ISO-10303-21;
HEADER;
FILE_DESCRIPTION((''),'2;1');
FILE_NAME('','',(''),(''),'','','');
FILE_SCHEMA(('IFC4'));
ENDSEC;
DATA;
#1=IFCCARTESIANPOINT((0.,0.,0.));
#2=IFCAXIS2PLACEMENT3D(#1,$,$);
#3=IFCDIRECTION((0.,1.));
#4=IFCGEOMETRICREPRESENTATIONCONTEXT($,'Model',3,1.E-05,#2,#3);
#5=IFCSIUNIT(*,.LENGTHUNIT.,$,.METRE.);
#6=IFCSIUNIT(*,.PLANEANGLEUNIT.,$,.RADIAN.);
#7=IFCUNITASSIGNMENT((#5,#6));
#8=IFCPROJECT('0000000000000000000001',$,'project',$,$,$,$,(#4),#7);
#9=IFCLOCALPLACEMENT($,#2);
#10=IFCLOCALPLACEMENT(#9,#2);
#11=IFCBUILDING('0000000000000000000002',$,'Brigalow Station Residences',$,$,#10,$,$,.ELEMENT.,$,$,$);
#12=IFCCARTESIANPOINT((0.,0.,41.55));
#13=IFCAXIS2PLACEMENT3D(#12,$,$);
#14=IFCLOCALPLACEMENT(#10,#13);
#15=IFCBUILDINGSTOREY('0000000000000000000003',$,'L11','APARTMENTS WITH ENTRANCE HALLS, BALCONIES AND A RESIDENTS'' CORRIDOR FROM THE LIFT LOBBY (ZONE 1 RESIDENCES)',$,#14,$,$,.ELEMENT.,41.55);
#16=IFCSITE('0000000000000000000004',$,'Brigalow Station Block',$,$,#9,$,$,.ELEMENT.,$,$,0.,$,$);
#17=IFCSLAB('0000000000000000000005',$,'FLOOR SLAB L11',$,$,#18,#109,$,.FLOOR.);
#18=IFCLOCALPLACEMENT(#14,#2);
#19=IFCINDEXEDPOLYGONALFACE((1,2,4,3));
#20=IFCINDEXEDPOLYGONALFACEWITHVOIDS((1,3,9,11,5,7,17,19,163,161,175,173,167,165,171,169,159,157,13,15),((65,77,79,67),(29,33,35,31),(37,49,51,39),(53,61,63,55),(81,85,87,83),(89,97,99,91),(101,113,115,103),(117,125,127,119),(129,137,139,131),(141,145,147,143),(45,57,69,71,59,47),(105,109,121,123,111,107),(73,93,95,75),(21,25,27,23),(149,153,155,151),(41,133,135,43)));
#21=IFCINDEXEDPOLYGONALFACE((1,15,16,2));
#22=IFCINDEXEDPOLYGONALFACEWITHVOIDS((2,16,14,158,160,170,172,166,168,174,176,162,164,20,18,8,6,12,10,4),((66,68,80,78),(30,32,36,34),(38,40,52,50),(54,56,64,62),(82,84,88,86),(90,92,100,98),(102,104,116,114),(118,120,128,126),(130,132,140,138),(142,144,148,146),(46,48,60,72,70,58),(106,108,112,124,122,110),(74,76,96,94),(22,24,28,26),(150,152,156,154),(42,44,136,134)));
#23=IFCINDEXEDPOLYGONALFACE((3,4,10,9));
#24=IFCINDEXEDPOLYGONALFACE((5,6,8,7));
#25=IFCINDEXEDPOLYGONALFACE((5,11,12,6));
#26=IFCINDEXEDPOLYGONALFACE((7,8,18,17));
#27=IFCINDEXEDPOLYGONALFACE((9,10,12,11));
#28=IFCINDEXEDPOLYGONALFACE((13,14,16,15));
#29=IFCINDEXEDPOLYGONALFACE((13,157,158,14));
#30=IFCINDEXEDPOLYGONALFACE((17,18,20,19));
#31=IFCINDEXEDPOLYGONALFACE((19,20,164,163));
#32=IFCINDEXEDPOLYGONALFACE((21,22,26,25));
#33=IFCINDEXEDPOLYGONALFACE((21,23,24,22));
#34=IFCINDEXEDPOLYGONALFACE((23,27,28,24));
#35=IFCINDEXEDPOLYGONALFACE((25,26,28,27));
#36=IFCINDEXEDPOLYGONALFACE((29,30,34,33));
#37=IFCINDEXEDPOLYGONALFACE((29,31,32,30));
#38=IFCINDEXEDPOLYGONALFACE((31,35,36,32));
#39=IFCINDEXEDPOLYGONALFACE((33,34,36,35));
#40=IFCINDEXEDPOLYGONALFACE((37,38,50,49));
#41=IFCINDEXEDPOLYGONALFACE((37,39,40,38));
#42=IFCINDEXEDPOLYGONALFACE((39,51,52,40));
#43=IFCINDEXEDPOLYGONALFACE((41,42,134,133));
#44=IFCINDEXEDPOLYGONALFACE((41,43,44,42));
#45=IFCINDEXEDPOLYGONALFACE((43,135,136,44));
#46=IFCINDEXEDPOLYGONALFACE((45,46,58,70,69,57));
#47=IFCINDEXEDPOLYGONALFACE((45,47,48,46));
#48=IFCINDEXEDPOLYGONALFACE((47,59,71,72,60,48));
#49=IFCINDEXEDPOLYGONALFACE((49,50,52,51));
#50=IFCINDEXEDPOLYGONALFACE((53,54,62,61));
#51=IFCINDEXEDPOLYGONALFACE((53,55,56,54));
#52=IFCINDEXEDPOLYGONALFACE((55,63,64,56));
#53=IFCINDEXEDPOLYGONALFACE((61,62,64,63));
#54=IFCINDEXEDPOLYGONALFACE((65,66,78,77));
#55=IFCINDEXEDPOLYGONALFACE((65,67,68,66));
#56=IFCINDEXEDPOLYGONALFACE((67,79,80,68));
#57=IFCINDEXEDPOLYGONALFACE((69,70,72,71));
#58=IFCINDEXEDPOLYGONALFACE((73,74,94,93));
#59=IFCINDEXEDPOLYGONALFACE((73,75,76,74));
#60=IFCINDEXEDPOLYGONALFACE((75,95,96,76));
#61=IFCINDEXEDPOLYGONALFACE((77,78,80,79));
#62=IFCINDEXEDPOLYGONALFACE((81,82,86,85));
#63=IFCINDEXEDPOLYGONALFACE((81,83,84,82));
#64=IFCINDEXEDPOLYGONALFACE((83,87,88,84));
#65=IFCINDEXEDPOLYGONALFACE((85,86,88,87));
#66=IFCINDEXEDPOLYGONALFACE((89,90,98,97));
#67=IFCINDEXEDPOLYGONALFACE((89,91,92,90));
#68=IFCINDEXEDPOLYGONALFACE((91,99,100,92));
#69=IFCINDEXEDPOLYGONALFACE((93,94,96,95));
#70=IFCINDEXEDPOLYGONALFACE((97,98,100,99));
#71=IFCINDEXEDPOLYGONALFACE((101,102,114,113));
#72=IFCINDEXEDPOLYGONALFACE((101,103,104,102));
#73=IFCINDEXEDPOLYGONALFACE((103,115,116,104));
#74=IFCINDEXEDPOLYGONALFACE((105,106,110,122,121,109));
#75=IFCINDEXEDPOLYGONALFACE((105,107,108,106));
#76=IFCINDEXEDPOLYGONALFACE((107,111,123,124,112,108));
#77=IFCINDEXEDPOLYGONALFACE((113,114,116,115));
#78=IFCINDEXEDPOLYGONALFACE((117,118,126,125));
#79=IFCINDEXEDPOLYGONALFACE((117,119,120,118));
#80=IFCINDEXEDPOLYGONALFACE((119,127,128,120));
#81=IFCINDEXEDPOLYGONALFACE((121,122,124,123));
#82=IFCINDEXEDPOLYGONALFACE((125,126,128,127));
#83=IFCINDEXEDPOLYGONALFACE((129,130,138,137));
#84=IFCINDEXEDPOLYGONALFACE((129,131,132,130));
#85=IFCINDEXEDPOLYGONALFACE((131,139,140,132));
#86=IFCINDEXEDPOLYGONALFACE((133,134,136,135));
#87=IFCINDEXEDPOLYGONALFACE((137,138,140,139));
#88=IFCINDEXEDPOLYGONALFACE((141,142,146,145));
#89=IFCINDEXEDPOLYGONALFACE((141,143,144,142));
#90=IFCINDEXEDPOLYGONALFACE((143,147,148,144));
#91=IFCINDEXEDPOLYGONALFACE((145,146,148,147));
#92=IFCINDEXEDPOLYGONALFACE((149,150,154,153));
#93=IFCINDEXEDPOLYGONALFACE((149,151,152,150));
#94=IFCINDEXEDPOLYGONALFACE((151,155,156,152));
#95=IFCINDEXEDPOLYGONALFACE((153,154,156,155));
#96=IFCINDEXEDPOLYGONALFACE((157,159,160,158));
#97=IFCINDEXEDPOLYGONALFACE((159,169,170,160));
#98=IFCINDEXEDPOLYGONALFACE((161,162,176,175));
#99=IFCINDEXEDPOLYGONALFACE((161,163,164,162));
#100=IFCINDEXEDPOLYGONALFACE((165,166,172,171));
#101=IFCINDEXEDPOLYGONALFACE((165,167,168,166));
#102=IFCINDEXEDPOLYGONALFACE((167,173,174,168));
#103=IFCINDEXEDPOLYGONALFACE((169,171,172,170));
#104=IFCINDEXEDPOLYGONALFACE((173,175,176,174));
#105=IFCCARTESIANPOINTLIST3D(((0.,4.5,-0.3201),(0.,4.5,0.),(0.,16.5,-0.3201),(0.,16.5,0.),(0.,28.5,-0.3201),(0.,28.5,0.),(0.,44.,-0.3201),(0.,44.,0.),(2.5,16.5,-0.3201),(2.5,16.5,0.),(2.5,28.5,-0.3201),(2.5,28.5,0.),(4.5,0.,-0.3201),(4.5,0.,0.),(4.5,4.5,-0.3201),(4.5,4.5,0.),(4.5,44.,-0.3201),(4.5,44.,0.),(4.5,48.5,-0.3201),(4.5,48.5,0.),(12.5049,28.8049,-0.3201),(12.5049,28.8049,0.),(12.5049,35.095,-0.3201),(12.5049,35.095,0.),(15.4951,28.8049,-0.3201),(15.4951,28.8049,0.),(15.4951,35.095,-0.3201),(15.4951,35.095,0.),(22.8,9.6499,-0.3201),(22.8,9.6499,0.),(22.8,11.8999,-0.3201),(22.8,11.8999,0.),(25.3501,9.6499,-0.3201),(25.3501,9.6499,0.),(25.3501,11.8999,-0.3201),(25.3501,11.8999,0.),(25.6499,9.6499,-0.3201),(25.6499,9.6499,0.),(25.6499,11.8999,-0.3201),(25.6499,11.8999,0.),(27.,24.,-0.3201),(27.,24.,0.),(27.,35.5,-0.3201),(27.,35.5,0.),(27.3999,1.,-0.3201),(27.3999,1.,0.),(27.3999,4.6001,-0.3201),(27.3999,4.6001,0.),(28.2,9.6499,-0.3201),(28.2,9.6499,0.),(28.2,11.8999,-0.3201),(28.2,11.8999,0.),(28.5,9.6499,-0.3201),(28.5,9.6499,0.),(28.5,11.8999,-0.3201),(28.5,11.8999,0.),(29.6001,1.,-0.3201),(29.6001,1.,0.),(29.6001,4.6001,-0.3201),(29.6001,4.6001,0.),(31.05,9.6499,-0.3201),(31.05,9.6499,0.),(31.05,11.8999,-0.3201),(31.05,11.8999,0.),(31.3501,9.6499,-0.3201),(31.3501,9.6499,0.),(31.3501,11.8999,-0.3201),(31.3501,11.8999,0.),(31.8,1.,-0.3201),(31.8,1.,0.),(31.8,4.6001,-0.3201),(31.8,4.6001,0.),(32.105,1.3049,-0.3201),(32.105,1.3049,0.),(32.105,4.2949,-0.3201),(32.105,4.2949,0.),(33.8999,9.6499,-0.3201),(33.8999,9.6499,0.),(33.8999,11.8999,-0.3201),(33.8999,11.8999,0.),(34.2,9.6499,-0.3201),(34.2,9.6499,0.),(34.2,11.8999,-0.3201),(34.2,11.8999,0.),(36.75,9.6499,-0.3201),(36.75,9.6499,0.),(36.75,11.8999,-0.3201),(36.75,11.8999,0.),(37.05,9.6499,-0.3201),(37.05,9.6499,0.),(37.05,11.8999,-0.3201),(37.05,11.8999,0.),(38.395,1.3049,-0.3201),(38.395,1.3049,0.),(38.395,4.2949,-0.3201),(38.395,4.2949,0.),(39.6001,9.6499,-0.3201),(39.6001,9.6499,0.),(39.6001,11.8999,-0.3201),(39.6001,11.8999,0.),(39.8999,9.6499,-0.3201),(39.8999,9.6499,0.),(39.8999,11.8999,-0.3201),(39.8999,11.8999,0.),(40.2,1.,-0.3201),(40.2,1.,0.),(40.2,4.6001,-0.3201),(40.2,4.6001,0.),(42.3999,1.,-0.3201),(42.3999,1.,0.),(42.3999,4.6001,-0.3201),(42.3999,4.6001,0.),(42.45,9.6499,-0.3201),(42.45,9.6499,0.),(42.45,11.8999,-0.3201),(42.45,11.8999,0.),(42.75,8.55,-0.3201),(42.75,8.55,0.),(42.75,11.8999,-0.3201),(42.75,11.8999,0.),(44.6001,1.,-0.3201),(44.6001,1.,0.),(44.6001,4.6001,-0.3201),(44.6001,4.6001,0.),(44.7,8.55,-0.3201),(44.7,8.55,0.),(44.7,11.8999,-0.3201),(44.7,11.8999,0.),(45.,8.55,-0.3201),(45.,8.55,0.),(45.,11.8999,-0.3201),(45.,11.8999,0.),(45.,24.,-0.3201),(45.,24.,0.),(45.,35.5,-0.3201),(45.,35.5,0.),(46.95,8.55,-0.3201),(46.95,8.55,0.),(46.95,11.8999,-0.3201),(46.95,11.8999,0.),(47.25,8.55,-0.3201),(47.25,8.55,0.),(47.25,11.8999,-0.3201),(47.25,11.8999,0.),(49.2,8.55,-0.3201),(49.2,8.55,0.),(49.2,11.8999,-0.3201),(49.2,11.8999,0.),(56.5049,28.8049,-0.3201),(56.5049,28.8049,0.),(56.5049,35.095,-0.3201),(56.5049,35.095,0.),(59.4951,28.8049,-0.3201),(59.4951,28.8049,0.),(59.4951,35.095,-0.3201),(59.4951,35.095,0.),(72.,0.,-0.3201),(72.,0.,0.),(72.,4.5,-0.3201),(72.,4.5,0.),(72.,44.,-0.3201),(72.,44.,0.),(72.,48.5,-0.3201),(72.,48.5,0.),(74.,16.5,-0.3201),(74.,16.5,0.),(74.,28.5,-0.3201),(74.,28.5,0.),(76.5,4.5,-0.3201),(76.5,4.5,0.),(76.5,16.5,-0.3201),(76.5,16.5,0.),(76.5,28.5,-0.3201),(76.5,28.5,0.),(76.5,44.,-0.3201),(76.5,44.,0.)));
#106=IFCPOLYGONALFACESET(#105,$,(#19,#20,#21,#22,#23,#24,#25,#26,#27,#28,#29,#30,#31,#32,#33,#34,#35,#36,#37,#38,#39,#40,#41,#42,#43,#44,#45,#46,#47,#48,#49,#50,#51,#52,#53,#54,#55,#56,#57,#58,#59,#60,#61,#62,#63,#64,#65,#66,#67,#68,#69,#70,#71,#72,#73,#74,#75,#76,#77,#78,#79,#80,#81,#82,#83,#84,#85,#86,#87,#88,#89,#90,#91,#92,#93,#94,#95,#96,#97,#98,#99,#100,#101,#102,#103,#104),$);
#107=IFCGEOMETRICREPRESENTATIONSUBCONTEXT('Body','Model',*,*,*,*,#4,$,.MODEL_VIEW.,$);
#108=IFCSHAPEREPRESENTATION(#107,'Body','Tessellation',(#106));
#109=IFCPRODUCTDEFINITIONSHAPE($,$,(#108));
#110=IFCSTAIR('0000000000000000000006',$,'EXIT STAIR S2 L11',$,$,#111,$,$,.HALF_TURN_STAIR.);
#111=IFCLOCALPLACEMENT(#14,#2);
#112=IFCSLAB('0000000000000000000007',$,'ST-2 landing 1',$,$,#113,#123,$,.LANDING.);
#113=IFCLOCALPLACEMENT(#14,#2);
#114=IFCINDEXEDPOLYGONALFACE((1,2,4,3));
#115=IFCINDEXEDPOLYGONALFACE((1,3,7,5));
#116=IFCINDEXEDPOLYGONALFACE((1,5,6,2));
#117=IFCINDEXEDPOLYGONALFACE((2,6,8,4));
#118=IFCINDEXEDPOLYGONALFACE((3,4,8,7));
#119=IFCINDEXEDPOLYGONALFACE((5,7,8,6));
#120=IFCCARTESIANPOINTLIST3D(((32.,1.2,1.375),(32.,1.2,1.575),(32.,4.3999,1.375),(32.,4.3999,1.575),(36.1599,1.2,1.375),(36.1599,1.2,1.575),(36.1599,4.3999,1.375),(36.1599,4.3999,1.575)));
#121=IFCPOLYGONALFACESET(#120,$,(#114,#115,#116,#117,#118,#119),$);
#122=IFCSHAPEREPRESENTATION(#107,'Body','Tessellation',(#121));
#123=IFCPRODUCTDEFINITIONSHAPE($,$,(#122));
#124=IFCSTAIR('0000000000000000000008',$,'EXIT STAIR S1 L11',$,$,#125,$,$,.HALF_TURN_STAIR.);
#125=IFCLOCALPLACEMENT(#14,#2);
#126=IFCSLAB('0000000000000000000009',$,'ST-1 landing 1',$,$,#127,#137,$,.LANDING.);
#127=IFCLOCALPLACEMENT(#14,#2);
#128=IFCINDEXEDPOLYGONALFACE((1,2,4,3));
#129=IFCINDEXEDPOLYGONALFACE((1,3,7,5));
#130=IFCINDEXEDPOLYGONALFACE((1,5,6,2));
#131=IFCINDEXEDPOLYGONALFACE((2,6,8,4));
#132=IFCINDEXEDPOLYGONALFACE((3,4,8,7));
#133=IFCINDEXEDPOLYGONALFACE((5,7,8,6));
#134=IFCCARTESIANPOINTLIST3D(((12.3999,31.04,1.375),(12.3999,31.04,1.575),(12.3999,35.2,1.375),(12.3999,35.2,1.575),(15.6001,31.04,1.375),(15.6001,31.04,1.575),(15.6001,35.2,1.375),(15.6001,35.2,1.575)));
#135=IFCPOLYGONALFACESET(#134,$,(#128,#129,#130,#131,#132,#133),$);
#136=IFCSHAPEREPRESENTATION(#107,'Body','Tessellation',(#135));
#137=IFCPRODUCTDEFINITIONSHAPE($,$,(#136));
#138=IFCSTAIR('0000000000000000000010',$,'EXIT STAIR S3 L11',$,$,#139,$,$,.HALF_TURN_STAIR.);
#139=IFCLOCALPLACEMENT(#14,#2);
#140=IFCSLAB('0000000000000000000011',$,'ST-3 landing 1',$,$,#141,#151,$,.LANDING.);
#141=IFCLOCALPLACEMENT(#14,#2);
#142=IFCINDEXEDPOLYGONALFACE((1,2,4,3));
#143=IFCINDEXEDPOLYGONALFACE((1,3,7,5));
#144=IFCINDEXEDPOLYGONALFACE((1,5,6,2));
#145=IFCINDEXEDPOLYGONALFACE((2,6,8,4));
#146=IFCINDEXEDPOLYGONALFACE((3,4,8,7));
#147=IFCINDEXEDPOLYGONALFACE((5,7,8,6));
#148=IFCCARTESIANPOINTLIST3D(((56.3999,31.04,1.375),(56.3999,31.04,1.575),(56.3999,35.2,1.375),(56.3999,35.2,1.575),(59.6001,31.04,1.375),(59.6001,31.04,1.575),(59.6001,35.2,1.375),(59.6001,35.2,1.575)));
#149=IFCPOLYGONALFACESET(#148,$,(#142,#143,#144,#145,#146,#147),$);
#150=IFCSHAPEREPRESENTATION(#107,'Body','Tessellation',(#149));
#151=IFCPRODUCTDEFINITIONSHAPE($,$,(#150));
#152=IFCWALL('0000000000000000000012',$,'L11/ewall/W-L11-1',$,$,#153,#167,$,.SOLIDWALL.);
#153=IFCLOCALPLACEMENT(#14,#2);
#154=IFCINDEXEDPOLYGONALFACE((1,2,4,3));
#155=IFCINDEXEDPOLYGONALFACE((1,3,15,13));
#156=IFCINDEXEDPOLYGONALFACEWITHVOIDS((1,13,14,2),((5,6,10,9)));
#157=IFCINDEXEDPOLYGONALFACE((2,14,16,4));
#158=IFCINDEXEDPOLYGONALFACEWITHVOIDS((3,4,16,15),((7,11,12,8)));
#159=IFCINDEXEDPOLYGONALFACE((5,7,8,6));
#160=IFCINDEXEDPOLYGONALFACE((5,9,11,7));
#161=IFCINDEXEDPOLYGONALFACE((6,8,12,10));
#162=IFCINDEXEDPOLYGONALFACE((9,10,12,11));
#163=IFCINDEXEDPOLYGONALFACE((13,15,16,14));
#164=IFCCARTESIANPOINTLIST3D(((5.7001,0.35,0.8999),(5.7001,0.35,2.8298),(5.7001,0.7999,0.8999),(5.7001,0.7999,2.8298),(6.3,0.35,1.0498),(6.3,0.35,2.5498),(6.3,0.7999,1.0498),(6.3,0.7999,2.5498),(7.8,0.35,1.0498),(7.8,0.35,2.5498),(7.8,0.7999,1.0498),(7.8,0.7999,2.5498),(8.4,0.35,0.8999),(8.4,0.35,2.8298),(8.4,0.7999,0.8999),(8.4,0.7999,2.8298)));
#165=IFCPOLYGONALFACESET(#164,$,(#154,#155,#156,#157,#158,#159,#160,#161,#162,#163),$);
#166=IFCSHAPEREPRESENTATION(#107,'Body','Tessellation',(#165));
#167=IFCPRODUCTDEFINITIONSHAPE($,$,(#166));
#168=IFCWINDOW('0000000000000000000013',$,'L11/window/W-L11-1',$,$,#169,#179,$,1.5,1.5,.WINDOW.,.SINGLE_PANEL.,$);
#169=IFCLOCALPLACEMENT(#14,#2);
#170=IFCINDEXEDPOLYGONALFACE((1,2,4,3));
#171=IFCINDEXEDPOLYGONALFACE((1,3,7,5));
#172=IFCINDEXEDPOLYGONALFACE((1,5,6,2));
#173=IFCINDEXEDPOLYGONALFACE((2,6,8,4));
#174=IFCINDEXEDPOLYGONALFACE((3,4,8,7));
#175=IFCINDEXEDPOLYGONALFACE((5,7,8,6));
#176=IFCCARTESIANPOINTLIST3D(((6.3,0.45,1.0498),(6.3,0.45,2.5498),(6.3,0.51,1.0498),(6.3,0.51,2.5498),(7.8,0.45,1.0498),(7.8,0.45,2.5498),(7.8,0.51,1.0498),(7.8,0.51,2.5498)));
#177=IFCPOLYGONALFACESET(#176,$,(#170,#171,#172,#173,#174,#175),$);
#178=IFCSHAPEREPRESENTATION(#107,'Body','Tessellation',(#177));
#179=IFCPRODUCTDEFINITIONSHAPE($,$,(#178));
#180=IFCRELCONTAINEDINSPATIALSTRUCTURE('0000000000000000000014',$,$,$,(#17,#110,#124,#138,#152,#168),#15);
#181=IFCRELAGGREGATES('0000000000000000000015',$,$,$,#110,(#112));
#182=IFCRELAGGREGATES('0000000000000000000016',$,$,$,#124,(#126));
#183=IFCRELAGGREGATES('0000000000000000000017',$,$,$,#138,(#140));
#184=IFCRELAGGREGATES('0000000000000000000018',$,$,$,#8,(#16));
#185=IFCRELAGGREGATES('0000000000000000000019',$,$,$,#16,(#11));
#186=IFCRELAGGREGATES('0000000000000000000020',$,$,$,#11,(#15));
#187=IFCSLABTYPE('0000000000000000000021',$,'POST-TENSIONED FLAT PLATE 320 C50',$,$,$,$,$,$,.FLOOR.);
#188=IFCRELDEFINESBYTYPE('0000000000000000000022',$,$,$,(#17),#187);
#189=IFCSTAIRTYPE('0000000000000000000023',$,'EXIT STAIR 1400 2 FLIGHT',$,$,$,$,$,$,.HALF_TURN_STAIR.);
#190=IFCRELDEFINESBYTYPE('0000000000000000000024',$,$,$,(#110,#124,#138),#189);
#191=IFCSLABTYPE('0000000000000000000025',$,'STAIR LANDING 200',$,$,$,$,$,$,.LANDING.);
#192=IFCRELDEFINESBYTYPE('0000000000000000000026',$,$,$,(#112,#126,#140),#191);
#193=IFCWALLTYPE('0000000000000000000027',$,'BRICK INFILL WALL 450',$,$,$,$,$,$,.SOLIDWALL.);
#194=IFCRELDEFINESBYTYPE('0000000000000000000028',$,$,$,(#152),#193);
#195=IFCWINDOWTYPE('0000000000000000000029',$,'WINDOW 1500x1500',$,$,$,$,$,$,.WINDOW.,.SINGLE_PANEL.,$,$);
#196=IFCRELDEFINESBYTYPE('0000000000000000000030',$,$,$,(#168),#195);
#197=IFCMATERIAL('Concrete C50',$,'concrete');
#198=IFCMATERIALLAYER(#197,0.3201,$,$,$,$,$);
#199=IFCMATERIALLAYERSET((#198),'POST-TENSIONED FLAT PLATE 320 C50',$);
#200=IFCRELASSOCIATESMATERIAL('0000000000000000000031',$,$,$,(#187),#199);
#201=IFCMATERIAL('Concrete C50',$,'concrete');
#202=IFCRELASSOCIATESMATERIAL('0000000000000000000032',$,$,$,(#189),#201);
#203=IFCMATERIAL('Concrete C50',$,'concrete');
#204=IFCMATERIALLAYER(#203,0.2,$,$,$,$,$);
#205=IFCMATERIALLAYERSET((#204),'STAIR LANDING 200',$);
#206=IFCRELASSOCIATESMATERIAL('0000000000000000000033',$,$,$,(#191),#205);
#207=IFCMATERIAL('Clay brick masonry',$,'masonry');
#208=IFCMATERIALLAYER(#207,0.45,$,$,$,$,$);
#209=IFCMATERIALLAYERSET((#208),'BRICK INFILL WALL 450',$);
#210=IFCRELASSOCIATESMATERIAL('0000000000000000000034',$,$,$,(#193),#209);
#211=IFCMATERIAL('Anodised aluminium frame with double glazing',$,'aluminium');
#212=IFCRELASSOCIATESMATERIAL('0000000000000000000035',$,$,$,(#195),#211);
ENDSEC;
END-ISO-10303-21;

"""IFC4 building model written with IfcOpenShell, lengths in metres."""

from ifc_helpers import new_model, si_unit, direction, frame, frame_2d, origin, place, context, subcontext, project, spatial, polyline, rectangle, outline, extrude, material, layer, layer_set, type_object, element, fill, aggregate, save


model = new_model("IFC4")

# Units and contexts
model_context = context("Model", 3, precision=1e-05, world=origin(), true_north=direction((0.0, 1.0)))
body_context = subcontext(model_context, "Body", "Model", "MODEL_VIEW")
ifc_project = project(units=[si_unit("LENGTHUNIT", "METRE"), si_unit("PLANEANGLEUNIT", "RADIAN")], contexts=[model_context])

# Site, building, storey
site_placement = place(None, origin())
site = spatial("IfcSite", under=ifc_project, at=site_placement, Name="Brigalow Station Block", CompositionType="ELEMENT", RefElevation=0.0)
building_placement = place(site_placement, origin())
building = spatial("IfcBuilding", under=site, at=building_placement, Name="Brigalow Station Residences", CompositionType="ELEMENT")
storey_placement = place(building_placement, frame((0.0, 0.0, 41.55)))
storey = spatial("IfcBuildingStorey", under=building, at=storey_placement, Name="L11", Description="APARTMENTS WITH ENTRANCE HALLS, BALCONIES AND A RESIDENTS' CORRIDOR FROM THE LIFT LOBBY (ZONE 1 RESIDENCES)", CompositionType="ELEMENT", Elevation=41.55)

# Slab
ifc_material_1 = material(Name="Concrete C50", Category="concrete")
ifc_layer_1 = layer(ifc_material_1, 0.3201)
ifc_layer_set_1 = layer_set([ifc_layer_1], Name="POST-TENSIONED FLAT PLATE 320 C50")
slab_type_1 = type_object("IfcSlabType", Name="POST-TENSIONED FLAT PLATE 320 C50", PredefinedType="FLOOR", material=ifc_layer_set_1)
slab_1_placement = place(storey_placement, frame((0.0, 0.0, -0.3201)))
element("IfcSlab", 1, at=slab_1_placement, inside=storey, type_object=slab_type_1, Name="FLOOR SLAB L11", PredefinedType="FLOOR", context=body_context, shape_type="SweptSolid", body=[
    extrude(outline(polyline([(4.5, 0.0), (72.0, 0.0), (72.0, 4.5), (76.5, 4.5), (76.5, 16.5), (74.0, 16.5), (74.0, 28.5), (76.5, 28.5), (76.5, 44.0), (72.0, 44.0), (72.0, 48.5), (4.5, 48.5), (4.5, 44.0), (0.0, 44.0), (0.0, 28.5), (2.5, 28.5), (2.5, 16.5), (0.0, 16.5), (0.0, 4.5), (4.5, 4.5), (4.5, 0.0)]), holes=[polyline([(15.4951, 35.095), (15.4951, 28.8049), (12.5049, 28.8049), (12.5049, 35.095), (15.4951, 35.095)]), polyline([(22.8, 11.8999), (25.3501, 11.8999), (25.3501, 9.6499), (22.8, 9.6499), (22.8, 11.8999)]), polyline([(25.6499, 11.8999), (28.2, 11.8999), (28.2, 9.6499), (25.6499, 9.6499), (25.6499, 11.8999)]), polyline([(28.5, 11.8999), (31.05, 11.8999), (31.05, 9.6499), (28.5, 9.6499), (28.5, 11.8999)]), polyline([(29.6001, 1.0), (27.3999, 1.0), (27.3999, 4.6001), (29.6001, 4.6001), (31.8, 4.6001), (31.8, 1.0), (29.6001, 1.0)]), polyline([(31.3501, 11.8999), (33.8999, 11.8999), (33.8999, 9.6499), (31.3501, 9.6499), (31.3501, 11.8999)]), polyline([(32.105, 4.2949), (38.395, 4.2949), (38.395, 1.3049), (32.105, 1.3049), (32.105, 4.2949)]), polyline([(36.75, 11.8999), (36.75, 9.6499), (34.2, 9.6499), (34.2, 11.8999), (36.75, 11.8999)]), polyline([(37.05, 11.8999), (39.6001, 11.8999), (39.6001, 9.6499), (37.05, 9.6499), (37.05, 11.8999)]), polyline([(39.8999, 11.8999), (42.45, 11.8999), (42.45, 9.6499), (39.8999, 9.6499), (39.8999, 11.8999)]), polyline([(42.3999, 1.0), (40.2, 1.0), (40.2, 4.6001), (42.3999, 4.6001), (44.6001, 4.6001), (44.6001, 1.0), (42.3999, 1.0)]), polyline([(42.75, 11.8999), (44.7, 11.8999), (44.7, 8.55), (42.75, 8.55), (42.75, 11.8999)]), polyline([(45.0, 11.8999), (46.95, 11.8999), (46.95, 8.55), (45.0, 8.55), (45.0, 11.8999)]), polyline([(45.0, 35.5), (45.0, 24.0), (27.0, 24.0), (27.0, 35.5), (45.0, 35.5)]), polyline([(47.25, 11.8999), (49.2, 11.8999), (49.2, 8.55), (47.25, 8.55), (47.25, 11.8999)]), polyline([(59.4951, 35.095), (59.4951, 28.8049), (56.5049, 28.8049), (56.5049, 35.095), (59.4951, 35.095)])]), origin(), (0.0, 0.0, 1.0), 0.3201),
])

# Stairs, slabs
ifc_material_2 = material(Name="Concrete C50", Category="concrete")
stair_type = type_object("IfcStairType", Name="EXIT STAIR 1400 2 FLIGHT", PredefinedType="HALF_TURN_STAIR", material=ifc_material_2)
stair_1_placement = place(storey_placement, origin())
stair_1 = element("IfcStair", 2, at=stair_1_placement, inside=storey, type_object=stair_type, Name="EXIT STAIR S2 L11", PredefinedType="HALF_TURN_STAIR")
ifc_material_3 = material(Name="Concrete C50", Category="concrete")
ifc_layer_2 = layer(ifc_material_3, 0.2)
ifc_layer_set_2 = layer_set([ifc_layer_2], Name="STAIR LANDING 200")
slab_type_2 = type_object("IfcSlabType", Name="STAIR LANDING 200", PredefinedType="LANDING", material=ifc_layer_set_2)
slab_2_placement = place(storey_placement, frame((0.0, 0.0, 1.375)))
slab_2 = element("IfcSlab", 3, at=slab_2_placement, type_object=slab_type_2, Name="ST-2 landing 1", PredefinedType="LANDING", context=body_context, shape_type="SweptSolid", body=[
    extrude(outline(polyline([(32.0, 1.2), (36.1599, 1.2), (36.1599, 4.3999), (32.0, 4.3999), (32.0, 1.2)])), origin(), (0.0, 0.0, 1.0), 0.2),
])
aggregate(stair_1, [slab_2])
stair_2_placement = place(storey_placement, origin())
stair_2 = element("IfcStair", 4, at=stair_2_placement, inside=storey, type_object=stair_type, Name="EXIT STAIR S1 L11", PredefinedType="HALF_TURN_STAIR")
slab_3_placement = place(storey_placement, frame((0.0, 0.0, 1.375)))
slab_3 = element("IfcSlab", 5, at=slab_3_placement, type_object=slab_type_2, Name="ST-1 landing 1", PredefinedType="LANDING", context=body_context, shape_type="SweptSolid", body=[
    extrude(outline(polyline([(12.3999, 31.04), (15.6001, 31.04), (15.6001, 35.2), (12.3999, 35.2), (12.3999, 31.04)])), origin(), (0.0, 0.0, 1.0), 0.2),
])
aggregate(stair_2, [slab_3])
stair_3_placement = place(storey_placement, origin())
stair_3 = element("IfcStair", 6, at=stair_3_placement, inside=storey, type_object=stair_type, Name="EXIT STAIR S3 L11", PredefinedType="HALF_TURN_STAIR")
slab_4_placement = place(storey_placement, frame((0.0, 0.0, 1.375)))
slab_4 = element("IfcSlab", 7, at=slab_4_placement, type_object=slab_type_2, Name="ST-3 landing 1", PredefinedType="LANDING", context=body_context, shape_type="SweptSolid", body=[
    extrude(outline(polyline([(56.3999, 31.04), (59.6001, 31.04), (59.6001, 35.2), (56.3999, 35.2), (56.3999, 31.04)])), origin(), (0.0, 0.0, 1.0), 0.2),
])
aggregate(stair_3, [slab_4])

# Wall, opening, window
ifc_material_4 = material(Name="Clay brick masonry", Category="masonry")
ifc_layer_3 = layer(ifc_material_4, 0.45)
ifc_layer_set_3 = layer_set([ifc_layer_3], Name="BRICK INFILL WALL 450")
wall_type_1 = type_object("IfcWallType", Name="BRICK INFILL WALL 450", PredefinedType="SOLIDWALL", material=ifc_layer_set_3)
wall_1_placement = place(storey_placement, frame((5.7, 0.575, 0.8999), z_axis=(0.0, 0.0, 1.0), x_axis=(1.0, 0.0, 0.0)))
wall_1 = element("IfcWall", 8, at=wall_1_placement, inside=storey, type_object=wall_type_1, Name="L11/ewall/W-L11-1", PredefinedType="SOLIDWALL", context=body_context, shape_type="SweptSolid", body=[
    extrude(rectangle(XDim=2.7, YDim=0.45, at=frame_2d((1.3501, 0.0))), origin(), (0.0, 0.0, 1.0), 1.9299),
])
opening_1_placement = place(wall_1_placement, frame((0.6001, 0.0, 0.1499)))
opening_1 = element("IfcOpeningElement", 9, at=opening_1_placement, cuts=wall_1, PredefinedType="OPENING", context=body_context, shape_type="SweptSolid", body=[
    extrude(rectangle(XDim=1.5, YDim=1.5, at=frame_2d((0.75, 0.75))), frame((0.0, 0.2349, 0.0), z_axis=(0.0, -1.0, 0.0), x_axis=(1.0, 0.0, 0.0)), (0.0, 0.0, 1.0), 0.47),
])
ifc_material_5 = material(Name="Anodised aluminium frame with double glazing", Category="aluminium")
window_type_1 = type_object("IfcWindowType", Name="WINDOW 1500x1500", PartitioningType="SINGLE_PANEL", PredefinedType="WINDOW", material=ifc_material_5)
window_1_placement = place(opening_1_placement, origin())
window_1 = element("IfcWindow", 10, at=window_1_placement, inside=storey, type_object=window_type_1, Name="L11/window/W-L11-1", OverallHeight=1.5, OverallWidth=1.5, PartitioningType="SINGLE_PANEL", PredefinedType="WINDOW", context=body_context, shape_type="SweptSolid", body=[
    extrude(rectangle(XDim=1.5, YDim=1.5, at=frame_2d((0.75, 0.75))), frame((0.0, -0.0649, 0.0), z_axis=(0.0, -1.0, 0.0), x_axis=(1.0, 0.0, 0.0)), (0.0, 0.0, 1.0), 0.0601),
])
fill(opening_1, window_1)

save(model, "model.ifc")
